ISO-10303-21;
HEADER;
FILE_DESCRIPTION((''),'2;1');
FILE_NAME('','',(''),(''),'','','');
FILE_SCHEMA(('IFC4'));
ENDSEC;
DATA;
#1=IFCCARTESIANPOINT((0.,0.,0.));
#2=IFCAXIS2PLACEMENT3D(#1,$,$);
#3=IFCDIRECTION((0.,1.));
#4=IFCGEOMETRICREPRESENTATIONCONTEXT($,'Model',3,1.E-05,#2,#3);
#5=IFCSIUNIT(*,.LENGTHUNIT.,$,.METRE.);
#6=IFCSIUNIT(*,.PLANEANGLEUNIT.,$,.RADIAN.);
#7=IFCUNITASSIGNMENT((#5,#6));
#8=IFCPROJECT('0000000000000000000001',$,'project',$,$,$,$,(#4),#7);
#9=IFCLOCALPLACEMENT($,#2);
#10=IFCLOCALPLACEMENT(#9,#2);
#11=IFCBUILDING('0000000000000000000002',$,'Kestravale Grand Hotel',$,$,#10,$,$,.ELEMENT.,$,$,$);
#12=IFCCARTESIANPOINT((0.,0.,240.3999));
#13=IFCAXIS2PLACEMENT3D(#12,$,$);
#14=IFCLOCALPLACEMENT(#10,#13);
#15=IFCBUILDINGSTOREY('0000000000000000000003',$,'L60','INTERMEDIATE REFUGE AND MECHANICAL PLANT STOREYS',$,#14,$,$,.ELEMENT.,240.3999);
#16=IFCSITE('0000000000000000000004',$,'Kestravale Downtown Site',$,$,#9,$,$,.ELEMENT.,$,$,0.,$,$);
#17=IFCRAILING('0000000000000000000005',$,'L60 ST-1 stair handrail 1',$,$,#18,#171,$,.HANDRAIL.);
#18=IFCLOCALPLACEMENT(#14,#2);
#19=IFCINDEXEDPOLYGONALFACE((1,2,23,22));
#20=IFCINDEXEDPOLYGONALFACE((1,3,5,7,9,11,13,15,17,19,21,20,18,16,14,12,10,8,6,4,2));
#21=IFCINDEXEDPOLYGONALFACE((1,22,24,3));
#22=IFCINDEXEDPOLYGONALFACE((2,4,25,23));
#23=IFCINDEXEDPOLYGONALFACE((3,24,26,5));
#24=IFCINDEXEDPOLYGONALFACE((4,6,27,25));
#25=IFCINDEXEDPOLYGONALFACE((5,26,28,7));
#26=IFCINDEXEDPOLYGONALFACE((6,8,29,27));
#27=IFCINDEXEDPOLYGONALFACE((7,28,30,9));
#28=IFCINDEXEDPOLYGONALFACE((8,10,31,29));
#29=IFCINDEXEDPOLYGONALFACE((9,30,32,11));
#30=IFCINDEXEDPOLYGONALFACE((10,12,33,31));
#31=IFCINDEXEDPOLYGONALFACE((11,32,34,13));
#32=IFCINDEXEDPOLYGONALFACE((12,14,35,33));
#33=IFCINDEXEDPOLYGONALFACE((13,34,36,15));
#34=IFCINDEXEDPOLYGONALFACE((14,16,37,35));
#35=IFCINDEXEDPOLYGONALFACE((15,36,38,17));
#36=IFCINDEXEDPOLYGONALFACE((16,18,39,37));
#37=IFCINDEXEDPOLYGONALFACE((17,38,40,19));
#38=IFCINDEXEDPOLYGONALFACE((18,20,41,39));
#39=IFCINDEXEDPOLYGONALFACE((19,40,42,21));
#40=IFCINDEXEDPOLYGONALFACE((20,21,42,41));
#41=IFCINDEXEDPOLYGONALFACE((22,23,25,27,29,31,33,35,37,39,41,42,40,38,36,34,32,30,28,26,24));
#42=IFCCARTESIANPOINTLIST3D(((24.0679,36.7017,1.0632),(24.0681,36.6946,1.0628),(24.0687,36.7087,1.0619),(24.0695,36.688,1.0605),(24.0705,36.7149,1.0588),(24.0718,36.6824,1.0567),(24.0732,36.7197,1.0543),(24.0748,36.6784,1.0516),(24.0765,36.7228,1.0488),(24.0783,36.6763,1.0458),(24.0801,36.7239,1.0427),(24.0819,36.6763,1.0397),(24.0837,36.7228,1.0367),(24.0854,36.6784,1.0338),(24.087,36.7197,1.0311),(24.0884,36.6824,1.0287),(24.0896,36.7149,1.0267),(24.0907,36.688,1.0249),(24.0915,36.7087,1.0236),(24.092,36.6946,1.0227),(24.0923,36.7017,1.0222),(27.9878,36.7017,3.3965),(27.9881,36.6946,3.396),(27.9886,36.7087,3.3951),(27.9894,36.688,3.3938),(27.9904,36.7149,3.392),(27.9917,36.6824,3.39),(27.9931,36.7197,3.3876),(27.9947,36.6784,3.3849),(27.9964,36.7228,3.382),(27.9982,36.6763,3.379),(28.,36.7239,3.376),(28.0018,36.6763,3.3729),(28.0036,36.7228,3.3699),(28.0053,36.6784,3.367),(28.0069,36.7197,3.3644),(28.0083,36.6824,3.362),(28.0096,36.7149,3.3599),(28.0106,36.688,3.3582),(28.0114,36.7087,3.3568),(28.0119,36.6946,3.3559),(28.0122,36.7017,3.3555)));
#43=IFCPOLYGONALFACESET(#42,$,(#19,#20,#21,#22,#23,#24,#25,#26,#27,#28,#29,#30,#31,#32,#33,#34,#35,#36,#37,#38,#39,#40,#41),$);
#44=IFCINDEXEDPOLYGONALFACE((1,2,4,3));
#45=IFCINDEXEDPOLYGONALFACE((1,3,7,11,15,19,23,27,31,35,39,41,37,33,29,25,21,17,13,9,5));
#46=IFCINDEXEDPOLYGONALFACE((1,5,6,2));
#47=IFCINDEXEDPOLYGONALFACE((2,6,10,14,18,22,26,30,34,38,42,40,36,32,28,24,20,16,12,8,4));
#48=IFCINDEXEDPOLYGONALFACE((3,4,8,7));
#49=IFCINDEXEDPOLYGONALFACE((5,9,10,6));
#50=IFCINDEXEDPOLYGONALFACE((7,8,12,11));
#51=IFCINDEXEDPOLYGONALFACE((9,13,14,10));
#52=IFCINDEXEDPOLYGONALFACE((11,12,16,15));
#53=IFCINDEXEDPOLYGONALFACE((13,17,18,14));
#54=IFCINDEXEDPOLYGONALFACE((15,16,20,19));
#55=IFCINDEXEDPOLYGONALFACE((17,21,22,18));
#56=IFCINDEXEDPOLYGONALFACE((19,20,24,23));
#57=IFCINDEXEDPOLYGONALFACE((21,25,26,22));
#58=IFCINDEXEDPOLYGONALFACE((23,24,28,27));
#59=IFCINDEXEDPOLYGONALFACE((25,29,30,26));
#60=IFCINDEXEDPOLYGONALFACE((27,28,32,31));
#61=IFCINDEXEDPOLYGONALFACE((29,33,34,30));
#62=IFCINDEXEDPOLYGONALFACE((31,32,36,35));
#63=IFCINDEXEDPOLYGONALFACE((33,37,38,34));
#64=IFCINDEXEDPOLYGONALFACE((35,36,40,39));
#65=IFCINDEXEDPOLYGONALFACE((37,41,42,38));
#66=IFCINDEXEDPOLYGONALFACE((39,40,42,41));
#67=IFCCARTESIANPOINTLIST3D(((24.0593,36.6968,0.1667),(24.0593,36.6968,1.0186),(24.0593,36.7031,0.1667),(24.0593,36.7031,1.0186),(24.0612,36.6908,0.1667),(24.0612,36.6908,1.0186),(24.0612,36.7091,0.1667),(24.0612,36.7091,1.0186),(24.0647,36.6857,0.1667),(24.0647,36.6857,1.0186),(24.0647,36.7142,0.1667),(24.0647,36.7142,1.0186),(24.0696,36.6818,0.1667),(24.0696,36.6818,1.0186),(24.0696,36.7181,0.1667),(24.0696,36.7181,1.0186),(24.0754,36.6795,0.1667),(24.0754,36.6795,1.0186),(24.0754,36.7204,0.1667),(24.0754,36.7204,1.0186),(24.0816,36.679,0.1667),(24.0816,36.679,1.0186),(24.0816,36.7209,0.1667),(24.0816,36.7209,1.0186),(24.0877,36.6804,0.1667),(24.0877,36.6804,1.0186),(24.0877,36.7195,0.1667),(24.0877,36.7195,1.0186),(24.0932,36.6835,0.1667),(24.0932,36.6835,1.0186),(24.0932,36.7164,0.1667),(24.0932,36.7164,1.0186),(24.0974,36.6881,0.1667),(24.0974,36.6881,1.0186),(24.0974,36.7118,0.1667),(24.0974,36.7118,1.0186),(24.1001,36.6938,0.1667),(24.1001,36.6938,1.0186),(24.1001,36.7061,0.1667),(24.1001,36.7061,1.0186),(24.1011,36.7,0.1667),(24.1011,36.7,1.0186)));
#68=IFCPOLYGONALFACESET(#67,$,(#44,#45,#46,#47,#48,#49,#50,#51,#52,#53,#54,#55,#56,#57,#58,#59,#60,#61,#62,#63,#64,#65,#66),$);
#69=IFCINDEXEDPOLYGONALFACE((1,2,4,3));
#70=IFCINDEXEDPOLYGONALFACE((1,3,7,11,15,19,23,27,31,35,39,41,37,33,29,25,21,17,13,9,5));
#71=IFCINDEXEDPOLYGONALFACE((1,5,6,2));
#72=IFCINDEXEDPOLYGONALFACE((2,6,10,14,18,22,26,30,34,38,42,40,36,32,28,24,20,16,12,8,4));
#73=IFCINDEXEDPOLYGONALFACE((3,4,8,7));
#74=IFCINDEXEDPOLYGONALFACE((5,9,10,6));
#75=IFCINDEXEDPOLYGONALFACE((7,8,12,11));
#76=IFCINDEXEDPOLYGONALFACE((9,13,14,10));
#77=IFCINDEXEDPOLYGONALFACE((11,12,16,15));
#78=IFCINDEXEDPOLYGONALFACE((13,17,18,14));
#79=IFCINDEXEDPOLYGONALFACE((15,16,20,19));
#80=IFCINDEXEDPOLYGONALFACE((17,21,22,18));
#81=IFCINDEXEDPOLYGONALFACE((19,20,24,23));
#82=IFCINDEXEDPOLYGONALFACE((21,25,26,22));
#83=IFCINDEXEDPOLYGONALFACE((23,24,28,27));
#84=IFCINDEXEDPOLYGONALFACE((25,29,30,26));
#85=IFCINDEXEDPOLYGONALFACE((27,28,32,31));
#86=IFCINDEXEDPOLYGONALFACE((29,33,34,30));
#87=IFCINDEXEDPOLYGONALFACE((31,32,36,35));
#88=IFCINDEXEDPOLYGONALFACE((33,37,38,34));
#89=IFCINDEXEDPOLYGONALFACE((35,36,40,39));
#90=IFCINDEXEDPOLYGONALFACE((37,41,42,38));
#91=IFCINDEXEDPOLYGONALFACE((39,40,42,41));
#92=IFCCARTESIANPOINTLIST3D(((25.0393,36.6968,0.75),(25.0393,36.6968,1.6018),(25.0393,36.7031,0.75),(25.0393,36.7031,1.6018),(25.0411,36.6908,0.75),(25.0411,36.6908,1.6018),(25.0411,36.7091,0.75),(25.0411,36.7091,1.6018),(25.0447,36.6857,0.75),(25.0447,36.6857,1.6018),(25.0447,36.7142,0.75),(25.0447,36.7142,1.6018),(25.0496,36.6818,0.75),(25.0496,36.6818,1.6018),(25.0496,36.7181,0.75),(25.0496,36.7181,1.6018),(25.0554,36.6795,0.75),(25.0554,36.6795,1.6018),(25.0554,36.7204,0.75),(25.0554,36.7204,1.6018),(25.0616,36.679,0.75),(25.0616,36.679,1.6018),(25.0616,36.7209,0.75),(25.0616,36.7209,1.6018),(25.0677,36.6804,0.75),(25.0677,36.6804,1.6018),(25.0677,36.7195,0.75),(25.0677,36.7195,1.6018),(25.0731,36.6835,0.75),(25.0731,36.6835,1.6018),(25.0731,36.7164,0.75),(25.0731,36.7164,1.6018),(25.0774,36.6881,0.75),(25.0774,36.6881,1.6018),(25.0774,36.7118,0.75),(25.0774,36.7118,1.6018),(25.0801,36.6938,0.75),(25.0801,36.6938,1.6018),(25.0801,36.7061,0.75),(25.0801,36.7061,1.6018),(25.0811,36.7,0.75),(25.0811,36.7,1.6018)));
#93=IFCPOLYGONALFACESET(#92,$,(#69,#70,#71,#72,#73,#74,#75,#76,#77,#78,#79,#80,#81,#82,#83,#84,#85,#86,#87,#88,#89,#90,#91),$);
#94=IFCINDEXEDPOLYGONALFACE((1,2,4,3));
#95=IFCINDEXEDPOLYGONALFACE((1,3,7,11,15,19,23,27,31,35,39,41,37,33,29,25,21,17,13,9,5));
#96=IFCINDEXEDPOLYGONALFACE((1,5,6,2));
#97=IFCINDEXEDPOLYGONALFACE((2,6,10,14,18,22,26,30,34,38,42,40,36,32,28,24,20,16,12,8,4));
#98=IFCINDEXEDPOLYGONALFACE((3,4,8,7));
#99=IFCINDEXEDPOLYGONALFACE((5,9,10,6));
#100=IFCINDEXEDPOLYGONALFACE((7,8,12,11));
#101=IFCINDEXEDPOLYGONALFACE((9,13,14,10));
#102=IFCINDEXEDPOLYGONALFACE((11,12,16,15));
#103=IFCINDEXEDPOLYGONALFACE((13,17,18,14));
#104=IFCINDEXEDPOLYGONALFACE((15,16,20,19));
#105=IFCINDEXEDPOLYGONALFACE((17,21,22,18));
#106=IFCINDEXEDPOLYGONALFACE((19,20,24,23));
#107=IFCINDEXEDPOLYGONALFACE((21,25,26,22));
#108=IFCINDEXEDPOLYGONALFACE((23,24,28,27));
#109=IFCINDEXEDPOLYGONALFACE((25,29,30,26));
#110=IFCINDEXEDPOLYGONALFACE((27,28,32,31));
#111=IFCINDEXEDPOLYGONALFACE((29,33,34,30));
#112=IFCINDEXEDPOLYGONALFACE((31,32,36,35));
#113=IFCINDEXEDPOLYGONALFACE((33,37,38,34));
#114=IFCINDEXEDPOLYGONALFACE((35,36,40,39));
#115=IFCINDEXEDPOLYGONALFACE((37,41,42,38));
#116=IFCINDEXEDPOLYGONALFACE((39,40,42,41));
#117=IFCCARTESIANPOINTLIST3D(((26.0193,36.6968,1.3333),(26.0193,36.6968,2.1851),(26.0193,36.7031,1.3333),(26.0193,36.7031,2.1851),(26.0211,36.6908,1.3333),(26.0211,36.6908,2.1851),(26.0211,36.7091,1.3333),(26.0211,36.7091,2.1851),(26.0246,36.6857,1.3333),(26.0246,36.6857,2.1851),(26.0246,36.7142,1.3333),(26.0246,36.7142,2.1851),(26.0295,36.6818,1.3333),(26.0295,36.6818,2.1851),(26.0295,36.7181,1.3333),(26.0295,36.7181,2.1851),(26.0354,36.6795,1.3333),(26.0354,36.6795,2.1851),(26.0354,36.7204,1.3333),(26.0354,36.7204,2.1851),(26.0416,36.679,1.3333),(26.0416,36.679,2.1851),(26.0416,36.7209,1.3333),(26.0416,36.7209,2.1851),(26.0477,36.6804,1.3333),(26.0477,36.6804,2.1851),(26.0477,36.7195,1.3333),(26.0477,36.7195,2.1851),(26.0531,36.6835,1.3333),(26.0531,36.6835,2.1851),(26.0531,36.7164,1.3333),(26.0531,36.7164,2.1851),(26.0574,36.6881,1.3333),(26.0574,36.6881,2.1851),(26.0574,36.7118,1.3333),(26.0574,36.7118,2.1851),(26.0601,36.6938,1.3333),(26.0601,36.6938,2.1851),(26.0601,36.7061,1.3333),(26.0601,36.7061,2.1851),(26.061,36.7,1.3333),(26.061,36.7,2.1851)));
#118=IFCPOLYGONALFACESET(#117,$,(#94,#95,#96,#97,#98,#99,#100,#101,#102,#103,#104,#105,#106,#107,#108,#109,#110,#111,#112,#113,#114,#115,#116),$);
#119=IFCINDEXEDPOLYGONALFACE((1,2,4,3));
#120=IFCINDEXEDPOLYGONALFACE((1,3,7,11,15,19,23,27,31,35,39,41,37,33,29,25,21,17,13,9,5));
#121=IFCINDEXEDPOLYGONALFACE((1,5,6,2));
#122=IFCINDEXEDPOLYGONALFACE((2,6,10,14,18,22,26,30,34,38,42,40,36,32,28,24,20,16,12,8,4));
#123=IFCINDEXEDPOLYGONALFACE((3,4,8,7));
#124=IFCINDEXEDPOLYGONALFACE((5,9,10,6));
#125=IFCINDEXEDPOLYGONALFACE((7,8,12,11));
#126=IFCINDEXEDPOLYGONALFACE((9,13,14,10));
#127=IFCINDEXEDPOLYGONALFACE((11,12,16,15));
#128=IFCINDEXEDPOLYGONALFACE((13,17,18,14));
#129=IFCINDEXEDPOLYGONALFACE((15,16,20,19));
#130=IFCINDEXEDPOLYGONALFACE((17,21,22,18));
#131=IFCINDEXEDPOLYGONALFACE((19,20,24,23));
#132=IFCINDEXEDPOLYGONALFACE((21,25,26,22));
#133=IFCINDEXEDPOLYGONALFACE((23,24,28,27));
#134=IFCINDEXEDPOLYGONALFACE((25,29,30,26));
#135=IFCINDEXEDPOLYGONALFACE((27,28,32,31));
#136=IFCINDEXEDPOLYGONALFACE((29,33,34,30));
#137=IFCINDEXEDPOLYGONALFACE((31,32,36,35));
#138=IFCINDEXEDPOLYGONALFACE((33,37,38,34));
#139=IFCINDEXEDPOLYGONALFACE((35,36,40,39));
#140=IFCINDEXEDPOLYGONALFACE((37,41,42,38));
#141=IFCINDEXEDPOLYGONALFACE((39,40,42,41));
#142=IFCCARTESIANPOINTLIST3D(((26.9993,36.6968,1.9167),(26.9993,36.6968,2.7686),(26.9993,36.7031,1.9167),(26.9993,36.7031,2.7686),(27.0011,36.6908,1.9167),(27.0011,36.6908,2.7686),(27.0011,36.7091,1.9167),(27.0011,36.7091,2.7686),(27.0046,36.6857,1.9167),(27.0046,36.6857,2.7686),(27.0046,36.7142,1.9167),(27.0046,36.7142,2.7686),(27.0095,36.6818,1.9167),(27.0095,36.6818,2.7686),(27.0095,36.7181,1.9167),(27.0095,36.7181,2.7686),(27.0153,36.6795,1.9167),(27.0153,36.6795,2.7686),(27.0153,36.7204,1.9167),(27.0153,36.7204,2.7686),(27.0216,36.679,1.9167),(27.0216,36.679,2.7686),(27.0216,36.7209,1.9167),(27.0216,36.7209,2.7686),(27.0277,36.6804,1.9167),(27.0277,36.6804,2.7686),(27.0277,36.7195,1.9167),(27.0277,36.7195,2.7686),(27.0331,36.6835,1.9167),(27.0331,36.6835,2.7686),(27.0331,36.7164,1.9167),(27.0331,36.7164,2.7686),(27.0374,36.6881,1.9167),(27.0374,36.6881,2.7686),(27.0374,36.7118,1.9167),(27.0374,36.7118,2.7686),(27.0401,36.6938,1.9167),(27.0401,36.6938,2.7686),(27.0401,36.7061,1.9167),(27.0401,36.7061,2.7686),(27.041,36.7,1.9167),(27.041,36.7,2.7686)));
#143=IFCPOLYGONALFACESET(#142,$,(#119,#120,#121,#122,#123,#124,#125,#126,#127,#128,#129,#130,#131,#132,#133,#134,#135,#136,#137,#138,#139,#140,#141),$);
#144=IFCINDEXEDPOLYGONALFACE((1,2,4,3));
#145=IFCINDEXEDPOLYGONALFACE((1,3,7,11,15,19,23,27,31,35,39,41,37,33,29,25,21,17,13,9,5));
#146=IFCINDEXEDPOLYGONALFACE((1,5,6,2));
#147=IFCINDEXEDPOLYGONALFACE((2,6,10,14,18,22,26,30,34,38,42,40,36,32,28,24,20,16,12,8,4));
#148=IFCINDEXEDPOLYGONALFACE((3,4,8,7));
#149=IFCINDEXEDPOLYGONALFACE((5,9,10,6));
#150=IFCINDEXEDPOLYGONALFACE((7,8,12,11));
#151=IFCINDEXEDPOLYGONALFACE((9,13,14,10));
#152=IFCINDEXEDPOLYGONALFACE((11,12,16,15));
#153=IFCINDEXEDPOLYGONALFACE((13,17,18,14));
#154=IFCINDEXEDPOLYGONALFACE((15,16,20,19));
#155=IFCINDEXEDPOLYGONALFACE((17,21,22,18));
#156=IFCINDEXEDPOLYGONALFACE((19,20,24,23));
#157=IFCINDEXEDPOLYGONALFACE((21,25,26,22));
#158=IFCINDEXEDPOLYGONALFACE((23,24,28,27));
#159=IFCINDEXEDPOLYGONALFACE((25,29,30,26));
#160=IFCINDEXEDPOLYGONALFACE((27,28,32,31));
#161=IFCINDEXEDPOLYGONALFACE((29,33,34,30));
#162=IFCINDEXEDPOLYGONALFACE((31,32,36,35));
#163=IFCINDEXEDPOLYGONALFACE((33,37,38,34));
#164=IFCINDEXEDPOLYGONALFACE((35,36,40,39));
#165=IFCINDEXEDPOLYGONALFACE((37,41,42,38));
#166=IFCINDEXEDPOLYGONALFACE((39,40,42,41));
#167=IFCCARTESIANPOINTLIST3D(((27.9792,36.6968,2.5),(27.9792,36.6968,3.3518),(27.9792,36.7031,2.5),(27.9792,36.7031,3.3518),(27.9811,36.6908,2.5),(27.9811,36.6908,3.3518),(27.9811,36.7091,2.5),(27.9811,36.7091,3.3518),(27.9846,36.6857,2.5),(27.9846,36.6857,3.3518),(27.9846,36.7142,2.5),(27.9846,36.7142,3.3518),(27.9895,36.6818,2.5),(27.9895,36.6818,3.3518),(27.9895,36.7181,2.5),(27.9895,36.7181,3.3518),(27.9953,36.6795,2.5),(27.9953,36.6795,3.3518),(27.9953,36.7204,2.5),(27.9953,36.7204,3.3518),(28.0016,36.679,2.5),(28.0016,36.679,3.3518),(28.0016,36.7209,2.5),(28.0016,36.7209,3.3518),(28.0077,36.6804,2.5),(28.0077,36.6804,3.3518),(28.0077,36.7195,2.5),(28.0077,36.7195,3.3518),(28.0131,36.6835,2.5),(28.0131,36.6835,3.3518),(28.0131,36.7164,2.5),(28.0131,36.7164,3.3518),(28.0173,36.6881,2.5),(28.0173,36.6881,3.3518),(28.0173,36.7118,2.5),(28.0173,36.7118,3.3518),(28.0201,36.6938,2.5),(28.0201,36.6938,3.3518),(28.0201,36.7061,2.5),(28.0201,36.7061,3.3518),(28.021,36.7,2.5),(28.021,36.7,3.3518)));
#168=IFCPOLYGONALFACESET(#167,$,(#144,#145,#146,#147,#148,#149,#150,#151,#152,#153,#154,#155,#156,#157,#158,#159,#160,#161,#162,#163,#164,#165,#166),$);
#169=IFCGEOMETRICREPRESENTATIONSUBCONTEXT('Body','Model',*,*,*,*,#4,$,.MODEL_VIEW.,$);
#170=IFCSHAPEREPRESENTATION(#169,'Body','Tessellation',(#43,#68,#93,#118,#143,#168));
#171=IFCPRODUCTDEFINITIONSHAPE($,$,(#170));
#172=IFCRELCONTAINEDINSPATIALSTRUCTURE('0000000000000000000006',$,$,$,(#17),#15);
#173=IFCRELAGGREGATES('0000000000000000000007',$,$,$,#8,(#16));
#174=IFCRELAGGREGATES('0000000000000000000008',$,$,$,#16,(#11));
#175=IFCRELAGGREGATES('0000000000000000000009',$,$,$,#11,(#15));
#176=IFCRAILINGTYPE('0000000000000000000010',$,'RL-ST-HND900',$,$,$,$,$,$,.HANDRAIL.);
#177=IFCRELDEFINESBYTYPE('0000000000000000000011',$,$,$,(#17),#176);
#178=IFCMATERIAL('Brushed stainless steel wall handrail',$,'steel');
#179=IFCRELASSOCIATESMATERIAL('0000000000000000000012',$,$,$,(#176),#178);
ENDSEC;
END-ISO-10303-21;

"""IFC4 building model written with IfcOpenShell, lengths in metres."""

from ifc_helpers import new_model, si_unit, direction, frame, origin, origin_2d, place, context, subcontext, project, spatial, circle, extrude, material, type_object, element, save


model = new_model("IFC4")

# Units and contexts
model_context = context("Model", 3, precision=1e-05, world=origin(), true_north=direction((0.0, 1.0)))
body_context = subcontext(model_context, "Body", "Model", "MODEL_VIEW")
ifc_project = project(units=[si_unit("LENGTHUNIT", "METRE"), si_unit("PLANEANGLEUNIT", "RADIAN")], contexts=[model_context])

# Site, building, storey
site_placement = place(None, origin())
site = spatial("IfcSite", under=ifc_project, at=site_placement, Name="Kestravale Downtown Site", CompositionType="ELEMENT", RefElevation=0.0)
building_placement = place(site_placement, origin())
building = spatial("IfcBuilding", under=site, at=building_placement, Name="Kestravale Grand Hotel", CompositionType="ELEMENT")
storey_placement = place(building_placement, frame((0.0, 0.0, 240.3999)))
storey = spatial("IfcBuildingStorey", under=building, at=storey_placement, Name="L60", Description="INTERMEDIATE REFUGE AND MECHANICAL PLANT STOREYS", CompositionType="ELEMENT", Elevation=240.3999)

# Railing
ifc_material_1 = material(Name="Brushed stainless steel wall handrail", Category="steel")
railing_type_1 = type_object("IfcRailingType", Name="RL-ST-HND900", PredefinedType="HANDRAIL", material=ifc_material_1)
railing_1_placement = place(storey_placement, frame((24.0801, 36.7, 0.1667)))
element("IfcRailing", 1, at=railing_1_placement, inside=storey, type_object=railing_type_1, Name="L60 ST-1 stair handrail 1", PredefinedType="HANDRAIL", context=body_context, shape_type="SweptSolid", body=[
    extrude(circle(Radius=0.0239, at=origin_2d()), frame((0.0, 0.0, 0.876), z_axis=(0.859296, 0.0, 0.511478), x_axis=(0.0, 1.0, 0.0)), (0.0, 0.0, 1.0), 4.5618),
    extrude(circle(Radius=0.021, at=origin_2d()), origin(), (0.0, 0.0, 1.0), 0.8518),
    extrude(circle(Radius=0.021, at=origin_2d()), frame((0.98, 0.0, 0.5833)), (0.0, 0.0, 1.0), 0.8518),
    extrude(circle(Radius=0.021, at=origin_2d()), frame((1.96, 0.0, 1.1665)), (0.0, 0.0, 1.0), 0.8518),
    extrude(circle(Radius=0.021, at=origin_2d()), frame((2.9399, 0.0, 1.75)), (0.0, 0.0, 1.0), 0.8518),
    extrude(circle(Radius=0.021, at=origin_2d()), frame((3.9199, 0.0, 2.3333)), (0.0, 0.0, 1.0), 0.8518),
])

save(model, "model.ifc")
